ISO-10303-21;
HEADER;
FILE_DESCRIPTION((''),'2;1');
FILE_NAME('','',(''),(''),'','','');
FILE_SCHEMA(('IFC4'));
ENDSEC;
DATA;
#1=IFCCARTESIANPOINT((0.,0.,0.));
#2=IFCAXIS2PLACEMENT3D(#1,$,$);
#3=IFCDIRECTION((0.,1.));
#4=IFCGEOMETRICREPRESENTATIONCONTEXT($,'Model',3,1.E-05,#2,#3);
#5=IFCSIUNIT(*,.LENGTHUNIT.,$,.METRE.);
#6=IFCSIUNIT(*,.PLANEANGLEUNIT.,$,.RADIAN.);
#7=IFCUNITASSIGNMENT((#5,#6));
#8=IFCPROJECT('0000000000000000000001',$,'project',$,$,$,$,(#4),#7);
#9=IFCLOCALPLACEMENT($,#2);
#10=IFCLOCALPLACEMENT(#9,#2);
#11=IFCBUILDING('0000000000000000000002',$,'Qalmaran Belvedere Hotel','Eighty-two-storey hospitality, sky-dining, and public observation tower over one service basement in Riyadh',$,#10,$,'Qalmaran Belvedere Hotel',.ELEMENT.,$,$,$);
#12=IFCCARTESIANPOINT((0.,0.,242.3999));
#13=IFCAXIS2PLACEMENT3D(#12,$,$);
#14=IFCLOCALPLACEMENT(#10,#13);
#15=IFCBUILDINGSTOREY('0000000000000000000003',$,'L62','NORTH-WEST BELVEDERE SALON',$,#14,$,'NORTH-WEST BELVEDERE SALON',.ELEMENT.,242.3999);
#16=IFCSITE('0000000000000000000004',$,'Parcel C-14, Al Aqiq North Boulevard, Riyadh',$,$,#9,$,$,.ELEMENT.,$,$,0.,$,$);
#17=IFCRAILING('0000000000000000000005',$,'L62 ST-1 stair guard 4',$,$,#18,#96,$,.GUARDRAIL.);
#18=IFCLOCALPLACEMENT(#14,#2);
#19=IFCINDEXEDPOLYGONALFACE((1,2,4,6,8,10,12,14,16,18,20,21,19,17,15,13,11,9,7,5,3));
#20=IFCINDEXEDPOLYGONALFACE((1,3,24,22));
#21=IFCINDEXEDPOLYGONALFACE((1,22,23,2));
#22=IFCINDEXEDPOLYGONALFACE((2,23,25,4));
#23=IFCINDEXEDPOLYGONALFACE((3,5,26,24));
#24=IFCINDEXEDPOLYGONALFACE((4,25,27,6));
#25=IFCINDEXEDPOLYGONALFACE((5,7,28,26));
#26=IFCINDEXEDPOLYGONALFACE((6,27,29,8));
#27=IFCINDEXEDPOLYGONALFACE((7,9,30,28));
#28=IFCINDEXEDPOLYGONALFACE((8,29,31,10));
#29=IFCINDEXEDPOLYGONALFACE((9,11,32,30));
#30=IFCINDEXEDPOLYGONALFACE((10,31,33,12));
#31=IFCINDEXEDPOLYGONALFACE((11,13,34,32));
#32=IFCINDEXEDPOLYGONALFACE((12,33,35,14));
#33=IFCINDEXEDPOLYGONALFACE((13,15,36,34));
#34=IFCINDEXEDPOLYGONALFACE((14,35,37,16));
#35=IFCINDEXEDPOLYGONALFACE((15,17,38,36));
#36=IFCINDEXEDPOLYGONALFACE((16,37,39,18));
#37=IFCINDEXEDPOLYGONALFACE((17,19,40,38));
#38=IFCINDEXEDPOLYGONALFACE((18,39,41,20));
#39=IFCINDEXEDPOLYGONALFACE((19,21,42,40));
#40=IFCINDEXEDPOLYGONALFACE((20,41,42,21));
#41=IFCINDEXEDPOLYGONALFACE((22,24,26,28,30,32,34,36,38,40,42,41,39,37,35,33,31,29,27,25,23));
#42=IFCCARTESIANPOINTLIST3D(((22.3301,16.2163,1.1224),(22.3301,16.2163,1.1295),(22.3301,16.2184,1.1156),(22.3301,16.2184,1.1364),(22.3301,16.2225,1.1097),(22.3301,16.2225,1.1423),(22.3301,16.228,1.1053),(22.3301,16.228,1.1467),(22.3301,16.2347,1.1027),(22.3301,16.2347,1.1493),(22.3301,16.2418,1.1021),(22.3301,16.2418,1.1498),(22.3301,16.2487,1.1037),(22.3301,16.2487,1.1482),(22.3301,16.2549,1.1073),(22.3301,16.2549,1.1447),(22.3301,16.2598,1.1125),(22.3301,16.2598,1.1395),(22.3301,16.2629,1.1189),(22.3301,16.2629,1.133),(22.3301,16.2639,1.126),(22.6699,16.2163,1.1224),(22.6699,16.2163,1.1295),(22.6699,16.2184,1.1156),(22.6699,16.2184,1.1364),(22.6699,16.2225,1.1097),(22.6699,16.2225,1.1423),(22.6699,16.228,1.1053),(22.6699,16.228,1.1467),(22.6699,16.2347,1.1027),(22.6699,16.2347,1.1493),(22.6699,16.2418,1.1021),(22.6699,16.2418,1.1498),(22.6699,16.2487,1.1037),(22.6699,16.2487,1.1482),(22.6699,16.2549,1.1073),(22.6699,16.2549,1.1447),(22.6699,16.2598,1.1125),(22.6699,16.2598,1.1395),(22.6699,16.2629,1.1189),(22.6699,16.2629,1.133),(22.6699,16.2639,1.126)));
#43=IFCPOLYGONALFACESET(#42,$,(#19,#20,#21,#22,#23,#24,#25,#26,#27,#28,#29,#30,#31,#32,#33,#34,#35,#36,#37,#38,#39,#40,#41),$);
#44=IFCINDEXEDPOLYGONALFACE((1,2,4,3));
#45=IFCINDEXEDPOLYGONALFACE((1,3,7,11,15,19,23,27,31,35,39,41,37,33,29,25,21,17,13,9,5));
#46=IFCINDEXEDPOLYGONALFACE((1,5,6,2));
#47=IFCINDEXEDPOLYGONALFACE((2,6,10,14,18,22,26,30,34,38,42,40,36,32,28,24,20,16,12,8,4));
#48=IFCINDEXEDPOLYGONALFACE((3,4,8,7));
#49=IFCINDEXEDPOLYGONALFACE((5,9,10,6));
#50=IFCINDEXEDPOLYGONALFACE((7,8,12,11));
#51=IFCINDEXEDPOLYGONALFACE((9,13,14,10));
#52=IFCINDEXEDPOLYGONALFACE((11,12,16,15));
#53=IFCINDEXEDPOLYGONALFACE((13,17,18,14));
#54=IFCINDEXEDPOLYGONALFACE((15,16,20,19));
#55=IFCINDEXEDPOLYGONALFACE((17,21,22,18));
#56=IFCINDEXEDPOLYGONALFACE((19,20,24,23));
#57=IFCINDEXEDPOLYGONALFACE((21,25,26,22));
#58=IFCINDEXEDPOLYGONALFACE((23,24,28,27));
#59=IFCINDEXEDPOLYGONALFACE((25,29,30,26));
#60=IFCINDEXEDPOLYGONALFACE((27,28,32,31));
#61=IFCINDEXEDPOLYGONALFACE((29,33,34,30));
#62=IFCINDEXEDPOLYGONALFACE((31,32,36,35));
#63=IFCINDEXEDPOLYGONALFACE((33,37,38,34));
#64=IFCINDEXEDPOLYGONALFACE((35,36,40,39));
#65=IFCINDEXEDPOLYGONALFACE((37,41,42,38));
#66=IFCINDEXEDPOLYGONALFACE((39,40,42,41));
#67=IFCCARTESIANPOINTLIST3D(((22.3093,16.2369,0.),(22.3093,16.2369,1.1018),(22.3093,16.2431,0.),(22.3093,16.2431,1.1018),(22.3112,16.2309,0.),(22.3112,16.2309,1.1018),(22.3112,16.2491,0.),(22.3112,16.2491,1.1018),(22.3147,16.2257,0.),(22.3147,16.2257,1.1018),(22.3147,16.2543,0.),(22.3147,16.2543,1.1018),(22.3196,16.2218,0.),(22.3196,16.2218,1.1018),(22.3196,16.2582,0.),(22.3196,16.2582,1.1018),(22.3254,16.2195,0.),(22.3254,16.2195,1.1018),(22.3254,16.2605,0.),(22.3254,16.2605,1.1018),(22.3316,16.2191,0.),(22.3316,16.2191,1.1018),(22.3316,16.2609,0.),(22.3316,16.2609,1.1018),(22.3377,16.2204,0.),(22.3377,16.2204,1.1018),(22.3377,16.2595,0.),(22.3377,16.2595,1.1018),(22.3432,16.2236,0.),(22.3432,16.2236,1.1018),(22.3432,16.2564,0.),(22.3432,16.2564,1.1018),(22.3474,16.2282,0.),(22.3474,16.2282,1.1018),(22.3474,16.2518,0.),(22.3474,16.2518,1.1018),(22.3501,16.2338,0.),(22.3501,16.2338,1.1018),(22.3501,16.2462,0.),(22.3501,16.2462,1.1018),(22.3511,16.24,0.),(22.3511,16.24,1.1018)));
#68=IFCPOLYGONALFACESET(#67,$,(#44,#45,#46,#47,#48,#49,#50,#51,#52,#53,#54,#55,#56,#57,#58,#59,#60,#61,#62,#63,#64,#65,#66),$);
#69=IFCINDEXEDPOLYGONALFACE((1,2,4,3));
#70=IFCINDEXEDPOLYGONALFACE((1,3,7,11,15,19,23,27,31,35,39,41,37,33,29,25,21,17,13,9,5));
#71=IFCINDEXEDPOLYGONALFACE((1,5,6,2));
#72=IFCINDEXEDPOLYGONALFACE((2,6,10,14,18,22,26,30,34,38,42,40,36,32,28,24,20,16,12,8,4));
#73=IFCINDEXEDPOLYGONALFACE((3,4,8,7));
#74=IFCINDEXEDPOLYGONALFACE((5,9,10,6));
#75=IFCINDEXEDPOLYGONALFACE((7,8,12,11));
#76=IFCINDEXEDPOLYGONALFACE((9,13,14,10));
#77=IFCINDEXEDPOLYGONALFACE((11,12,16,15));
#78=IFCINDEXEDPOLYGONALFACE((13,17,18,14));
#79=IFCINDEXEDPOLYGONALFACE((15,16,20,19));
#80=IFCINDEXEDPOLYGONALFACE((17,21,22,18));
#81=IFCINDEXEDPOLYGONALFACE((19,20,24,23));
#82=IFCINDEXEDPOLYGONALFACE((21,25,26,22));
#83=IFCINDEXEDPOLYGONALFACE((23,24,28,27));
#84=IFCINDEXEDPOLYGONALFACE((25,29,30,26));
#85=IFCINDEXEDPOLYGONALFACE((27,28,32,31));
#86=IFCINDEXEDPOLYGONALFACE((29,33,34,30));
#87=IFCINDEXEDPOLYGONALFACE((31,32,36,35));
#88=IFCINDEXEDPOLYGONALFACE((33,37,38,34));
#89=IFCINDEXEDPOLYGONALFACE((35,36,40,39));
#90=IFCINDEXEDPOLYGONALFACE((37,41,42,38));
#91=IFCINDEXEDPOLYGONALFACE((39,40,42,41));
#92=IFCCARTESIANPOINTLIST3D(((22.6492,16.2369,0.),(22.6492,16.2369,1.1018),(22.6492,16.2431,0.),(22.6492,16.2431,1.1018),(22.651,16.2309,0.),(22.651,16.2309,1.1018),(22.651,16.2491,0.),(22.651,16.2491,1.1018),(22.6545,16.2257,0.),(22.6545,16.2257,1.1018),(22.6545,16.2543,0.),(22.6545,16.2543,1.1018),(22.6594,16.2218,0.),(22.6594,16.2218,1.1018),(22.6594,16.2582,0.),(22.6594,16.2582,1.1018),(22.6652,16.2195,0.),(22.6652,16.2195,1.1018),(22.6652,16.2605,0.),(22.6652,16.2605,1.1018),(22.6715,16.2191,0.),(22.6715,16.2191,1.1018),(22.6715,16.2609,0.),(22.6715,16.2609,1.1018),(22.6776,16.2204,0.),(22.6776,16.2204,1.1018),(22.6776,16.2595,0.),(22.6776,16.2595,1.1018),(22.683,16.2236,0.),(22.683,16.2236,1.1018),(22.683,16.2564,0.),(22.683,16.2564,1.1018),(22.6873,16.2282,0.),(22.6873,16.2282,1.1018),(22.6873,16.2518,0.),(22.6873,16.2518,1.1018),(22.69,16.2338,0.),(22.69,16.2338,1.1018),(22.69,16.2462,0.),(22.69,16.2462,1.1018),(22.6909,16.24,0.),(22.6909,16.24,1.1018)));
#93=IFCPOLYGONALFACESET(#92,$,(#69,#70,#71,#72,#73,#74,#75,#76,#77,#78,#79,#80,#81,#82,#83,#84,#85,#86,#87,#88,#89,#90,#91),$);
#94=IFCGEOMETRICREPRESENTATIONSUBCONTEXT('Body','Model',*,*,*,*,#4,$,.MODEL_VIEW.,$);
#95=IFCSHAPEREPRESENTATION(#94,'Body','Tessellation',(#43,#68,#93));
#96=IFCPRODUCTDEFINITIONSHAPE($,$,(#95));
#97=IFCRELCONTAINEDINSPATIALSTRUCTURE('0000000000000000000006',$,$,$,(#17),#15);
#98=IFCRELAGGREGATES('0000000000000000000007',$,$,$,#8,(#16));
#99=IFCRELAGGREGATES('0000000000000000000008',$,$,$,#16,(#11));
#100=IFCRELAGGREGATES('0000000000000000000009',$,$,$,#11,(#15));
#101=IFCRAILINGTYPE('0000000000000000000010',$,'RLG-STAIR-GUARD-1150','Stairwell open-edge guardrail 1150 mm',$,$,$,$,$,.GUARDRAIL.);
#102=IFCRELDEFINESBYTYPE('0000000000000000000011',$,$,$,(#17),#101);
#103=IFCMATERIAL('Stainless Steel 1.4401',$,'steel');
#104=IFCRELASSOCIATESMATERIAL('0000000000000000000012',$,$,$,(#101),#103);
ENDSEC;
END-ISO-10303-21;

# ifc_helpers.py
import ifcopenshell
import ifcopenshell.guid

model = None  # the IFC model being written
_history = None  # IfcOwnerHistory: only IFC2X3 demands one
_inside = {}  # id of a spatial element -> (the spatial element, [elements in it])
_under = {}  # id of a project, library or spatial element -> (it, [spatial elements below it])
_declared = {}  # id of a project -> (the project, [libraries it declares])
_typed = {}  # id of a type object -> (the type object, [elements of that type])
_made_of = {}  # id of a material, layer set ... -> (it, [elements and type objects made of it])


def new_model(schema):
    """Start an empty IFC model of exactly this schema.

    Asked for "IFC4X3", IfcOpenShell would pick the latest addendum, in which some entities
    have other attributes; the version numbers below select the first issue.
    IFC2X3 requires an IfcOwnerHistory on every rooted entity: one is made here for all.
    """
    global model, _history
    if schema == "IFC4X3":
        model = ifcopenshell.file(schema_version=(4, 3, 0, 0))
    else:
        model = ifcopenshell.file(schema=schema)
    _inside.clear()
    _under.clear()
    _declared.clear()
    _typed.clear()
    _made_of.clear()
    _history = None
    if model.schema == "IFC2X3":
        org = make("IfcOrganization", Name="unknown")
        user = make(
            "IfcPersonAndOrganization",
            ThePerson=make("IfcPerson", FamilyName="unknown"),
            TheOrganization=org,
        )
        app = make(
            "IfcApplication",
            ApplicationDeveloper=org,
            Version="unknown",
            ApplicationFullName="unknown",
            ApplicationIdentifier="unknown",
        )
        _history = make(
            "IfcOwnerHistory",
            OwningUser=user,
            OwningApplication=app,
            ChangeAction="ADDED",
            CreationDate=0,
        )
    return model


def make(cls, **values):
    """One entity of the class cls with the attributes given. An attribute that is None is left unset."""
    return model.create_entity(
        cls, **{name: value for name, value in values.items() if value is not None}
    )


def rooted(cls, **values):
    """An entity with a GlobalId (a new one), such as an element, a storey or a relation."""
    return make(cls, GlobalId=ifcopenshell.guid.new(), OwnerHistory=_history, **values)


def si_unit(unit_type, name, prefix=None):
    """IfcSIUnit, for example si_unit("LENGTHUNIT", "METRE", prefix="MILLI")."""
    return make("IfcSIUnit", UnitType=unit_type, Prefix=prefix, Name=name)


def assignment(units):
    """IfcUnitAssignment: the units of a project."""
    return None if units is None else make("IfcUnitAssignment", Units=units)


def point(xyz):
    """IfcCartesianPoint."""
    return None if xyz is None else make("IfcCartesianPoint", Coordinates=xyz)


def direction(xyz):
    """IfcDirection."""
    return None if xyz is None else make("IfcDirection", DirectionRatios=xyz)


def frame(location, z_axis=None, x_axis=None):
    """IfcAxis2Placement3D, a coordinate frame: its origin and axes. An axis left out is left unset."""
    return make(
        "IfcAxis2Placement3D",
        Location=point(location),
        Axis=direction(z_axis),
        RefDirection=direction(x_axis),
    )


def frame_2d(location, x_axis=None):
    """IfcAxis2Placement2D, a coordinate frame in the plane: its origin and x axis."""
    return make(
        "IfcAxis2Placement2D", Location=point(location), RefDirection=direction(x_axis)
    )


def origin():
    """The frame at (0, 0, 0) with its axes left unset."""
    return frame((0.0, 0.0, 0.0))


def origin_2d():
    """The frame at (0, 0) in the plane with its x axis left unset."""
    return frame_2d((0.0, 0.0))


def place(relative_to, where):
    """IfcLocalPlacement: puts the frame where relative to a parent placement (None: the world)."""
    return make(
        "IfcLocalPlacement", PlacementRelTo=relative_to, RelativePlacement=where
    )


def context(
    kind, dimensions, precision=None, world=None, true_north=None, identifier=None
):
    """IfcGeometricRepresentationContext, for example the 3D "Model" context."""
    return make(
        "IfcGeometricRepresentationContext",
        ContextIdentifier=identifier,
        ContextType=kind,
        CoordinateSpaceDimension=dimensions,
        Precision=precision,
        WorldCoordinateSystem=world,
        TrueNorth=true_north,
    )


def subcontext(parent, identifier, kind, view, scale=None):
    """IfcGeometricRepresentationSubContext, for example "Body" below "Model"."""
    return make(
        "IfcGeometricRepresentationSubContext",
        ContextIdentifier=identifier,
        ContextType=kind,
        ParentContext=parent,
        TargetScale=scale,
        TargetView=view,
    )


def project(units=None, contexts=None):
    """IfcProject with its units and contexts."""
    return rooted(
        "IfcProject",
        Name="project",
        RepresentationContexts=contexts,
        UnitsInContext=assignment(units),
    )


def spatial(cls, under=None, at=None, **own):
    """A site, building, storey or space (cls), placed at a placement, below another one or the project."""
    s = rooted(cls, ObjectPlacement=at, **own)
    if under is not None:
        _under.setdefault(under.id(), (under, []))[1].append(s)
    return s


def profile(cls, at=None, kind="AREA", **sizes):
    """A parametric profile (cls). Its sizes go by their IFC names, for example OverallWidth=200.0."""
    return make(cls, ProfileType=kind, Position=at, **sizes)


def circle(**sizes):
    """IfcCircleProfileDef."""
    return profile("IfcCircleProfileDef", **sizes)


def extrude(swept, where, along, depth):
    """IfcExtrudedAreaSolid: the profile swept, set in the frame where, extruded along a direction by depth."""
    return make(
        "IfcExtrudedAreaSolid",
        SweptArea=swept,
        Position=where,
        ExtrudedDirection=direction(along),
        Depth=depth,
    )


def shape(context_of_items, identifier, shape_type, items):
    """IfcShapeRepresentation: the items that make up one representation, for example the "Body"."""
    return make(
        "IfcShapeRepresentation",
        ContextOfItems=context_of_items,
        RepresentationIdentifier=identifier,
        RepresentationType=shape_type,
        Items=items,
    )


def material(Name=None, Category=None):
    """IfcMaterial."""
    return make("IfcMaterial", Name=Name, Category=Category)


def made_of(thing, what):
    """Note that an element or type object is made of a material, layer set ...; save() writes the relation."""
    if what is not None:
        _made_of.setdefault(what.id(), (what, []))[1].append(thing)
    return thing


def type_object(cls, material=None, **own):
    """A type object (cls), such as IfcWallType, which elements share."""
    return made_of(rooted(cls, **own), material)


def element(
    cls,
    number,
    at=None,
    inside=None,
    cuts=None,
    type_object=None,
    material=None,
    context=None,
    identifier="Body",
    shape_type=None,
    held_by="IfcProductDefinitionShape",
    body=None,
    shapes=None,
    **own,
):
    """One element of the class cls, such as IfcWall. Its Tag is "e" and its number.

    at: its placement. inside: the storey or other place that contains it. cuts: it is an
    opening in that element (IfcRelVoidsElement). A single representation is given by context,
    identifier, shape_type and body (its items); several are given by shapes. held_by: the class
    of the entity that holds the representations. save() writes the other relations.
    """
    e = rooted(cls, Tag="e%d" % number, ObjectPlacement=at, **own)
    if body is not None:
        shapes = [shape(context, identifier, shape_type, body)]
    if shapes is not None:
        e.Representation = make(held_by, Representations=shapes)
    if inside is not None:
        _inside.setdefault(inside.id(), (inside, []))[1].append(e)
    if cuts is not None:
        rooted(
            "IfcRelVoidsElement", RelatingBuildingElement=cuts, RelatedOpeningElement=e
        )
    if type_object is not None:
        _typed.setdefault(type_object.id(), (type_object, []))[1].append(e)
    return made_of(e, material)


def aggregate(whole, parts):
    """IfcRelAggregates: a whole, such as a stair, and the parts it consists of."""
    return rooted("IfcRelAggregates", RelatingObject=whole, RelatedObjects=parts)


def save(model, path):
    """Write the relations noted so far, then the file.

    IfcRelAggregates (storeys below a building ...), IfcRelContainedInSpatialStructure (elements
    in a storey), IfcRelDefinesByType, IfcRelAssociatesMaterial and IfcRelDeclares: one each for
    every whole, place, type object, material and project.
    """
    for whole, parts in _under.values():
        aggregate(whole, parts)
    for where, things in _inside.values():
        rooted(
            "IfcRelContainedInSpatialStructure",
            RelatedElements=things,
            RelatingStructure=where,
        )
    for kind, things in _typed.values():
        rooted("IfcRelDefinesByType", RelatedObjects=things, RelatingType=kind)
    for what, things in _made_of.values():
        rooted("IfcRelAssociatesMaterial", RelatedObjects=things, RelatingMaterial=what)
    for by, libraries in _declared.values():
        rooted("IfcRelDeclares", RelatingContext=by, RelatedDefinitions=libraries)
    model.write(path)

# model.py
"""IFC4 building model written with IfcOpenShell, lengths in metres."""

from ifc_helpers import new_model, si_unit, direction, frame, origin, origin_2d, place, context, subcontext, project, spatial, circle, extrude, material, type_object, element, save


model = new_model("IFC4")

# Units and contexts
model_context = context("Model", 3, precision=1e-05, world=origin(), true_north=direction((0.0, 1.0)))
body_context = subcontext(model_context, "Body", "Model", "MODEL_VIEW")
ifc_project = project(units=[si_unit("LENGTHUNIT", "METRE"), si_unit("PLANEANGLEUNIT", "RADIAN")], contexts=[model_context])

# Site, building, storey
site_placement = place(None, origin())
site = spatial("IfcSite", under=ifc_project, at=site_placement, Name="Parcel C-14, Al Aqiq North Boulevard, Riyadh", CompositionType="ELEMENT", RefElevation=0.0)
building_placement = place(site_placement, origin())
building = spatial("IfcBuilding", under=site, at=building_placement, Name="Qalmaran Belvedere Hotel", Description="Eighty-two-storey hospitality, sky-dining, and public observation tower over one service basement in Riyadh", LongName="Qalmaran Belvedere Hotel", CompositionType="ELEMENT")
storey_placement = place(building_placement, frame((0.0, 0.0, 242.3999)))
storey = spatial("IfcBuildingStorey", under=building, at=storey_placement, Name="L62", Description="NORTH-WEST BELVEDERE SALON", LongName="NORTH-WEST BELVEDERE SALON", CompositionType="ELEMENT", Elevation=242.3999)

# Railing
ifc_material_1 = material(Name="Stainless Steel 1.4401", Category="steel")
railing_type_1 = type_object("IfcRailingType", Name="RLG-STAIR-GUARD-1150", Description="Stairwell open-edge guardrail 1150 mm", PredefinedType="GUARDRAIL", material=ifc_material_1)
railing_1_placement = place(storey_placement, frame((22.3301, 16.24, 0.0)))
element("IfcRailing", 1, at=railing_1_placement, inside=storey, type_object=railing_type_1, Name="L62 ST-1 stair guard 4", PredefinedType="GUARDRAIL", context=body_context, shape_type="SweptSolid", body=[
    extrude(circle(Radius=0.0239, at=origin_2d()), frame((0.0, 0.0, 1.126), z_axis=(1.0, 0.0, 0.0), x_axis=(0.0, 1.0, 0.0)), (0.0, 0.0, 1.0), 0.3398),
    extrude(circle(Radius=0.021, at=origin_2d()), origin(), (0.0, 0.0, 1.0), 1.1018),
    extrude(circle(Radius=0.021, at=origin_2d()), frame((0.3398, 0.0, 0.0)), (0.0, 0.0, 1.0), 1.1018),
])

save(model, "model.ifc")
